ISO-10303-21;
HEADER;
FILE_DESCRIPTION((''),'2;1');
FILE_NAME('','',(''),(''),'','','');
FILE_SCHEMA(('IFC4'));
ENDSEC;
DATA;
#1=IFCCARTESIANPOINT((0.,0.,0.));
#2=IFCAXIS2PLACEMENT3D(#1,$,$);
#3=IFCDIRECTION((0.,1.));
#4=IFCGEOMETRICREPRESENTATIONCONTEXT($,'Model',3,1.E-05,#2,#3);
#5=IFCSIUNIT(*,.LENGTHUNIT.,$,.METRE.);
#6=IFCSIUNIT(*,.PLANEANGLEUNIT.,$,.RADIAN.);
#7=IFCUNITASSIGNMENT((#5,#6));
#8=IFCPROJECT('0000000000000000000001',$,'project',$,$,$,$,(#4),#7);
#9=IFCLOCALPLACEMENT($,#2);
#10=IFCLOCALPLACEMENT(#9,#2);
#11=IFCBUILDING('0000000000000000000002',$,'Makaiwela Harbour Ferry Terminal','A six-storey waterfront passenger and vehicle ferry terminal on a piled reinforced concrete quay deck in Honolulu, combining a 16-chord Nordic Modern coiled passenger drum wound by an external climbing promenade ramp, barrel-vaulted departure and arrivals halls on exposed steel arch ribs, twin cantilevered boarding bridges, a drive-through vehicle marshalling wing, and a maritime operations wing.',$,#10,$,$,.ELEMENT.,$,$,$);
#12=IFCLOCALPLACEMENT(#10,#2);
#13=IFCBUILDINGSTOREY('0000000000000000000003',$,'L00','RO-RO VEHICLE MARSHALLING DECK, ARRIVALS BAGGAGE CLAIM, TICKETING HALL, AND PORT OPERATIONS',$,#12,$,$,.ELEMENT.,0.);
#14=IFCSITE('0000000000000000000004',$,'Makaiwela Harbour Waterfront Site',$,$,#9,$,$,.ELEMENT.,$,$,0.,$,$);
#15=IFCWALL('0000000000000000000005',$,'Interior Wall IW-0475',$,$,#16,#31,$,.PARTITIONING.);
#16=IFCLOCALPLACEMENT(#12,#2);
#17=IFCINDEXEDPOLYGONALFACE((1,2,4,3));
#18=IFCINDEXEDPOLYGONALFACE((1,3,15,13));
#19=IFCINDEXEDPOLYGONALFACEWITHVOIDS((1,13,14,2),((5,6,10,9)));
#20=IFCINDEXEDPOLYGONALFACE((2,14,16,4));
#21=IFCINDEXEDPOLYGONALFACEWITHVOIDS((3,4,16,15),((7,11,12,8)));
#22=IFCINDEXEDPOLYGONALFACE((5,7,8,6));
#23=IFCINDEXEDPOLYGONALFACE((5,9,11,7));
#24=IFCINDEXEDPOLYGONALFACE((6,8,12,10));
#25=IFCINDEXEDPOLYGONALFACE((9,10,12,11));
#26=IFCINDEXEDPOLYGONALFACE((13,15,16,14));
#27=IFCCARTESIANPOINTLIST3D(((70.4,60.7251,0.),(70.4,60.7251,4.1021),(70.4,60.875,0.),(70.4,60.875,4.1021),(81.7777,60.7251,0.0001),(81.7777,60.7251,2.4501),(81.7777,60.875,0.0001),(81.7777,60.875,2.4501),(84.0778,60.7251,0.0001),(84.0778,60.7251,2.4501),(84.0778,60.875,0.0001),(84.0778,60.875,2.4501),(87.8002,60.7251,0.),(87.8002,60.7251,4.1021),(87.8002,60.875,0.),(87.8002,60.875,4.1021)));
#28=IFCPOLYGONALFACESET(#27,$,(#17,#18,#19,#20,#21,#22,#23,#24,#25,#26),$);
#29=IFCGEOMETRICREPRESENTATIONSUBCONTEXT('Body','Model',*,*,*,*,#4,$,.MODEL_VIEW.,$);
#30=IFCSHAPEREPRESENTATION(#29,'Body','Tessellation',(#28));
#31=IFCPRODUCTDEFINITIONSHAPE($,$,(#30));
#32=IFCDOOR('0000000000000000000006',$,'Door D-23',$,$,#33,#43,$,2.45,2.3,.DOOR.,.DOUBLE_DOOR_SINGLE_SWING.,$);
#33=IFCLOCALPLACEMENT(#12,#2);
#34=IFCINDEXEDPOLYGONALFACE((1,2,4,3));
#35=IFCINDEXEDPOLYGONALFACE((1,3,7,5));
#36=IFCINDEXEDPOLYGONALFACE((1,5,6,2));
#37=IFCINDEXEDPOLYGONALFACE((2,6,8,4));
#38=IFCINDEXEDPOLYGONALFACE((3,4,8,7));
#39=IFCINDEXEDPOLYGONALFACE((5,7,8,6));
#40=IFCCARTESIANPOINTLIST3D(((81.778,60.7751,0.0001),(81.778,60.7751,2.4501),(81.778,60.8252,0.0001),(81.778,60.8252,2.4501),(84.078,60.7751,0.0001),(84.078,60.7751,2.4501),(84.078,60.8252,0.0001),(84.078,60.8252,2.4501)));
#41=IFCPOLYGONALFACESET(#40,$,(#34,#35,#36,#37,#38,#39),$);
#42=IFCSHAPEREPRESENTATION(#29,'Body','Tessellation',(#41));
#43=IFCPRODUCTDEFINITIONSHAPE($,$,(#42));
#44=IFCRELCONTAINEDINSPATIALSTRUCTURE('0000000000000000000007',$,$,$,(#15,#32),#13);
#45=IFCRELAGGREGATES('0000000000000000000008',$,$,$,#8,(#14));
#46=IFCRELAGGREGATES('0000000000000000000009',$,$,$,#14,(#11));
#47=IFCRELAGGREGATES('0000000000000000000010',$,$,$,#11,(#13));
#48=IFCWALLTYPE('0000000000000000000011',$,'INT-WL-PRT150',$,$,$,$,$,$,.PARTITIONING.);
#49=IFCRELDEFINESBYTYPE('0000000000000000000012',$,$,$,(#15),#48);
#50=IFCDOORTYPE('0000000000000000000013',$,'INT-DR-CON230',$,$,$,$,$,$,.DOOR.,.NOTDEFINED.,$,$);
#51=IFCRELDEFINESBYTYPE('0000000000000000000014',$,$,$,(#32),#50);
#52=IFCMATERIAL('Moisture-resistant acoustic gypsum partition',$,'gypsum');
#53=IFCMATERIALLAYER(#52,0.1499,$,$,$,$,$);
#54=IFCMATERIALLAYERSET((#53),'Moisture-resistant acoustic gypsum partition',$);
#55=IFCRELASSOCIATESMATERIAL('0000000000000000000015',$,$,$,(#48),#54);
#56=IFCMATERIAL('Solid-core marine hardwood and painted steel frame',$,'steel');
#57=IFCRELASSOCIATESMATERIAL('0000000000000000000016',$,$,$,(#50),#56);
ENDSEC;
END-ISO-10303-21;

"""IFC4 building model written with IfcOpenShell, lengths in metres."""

from ifc_helpers import new_model, si_unit, direction, frame, frame_2d, origin, place, context, subcontext, project, spatial, rectangle, extrude, material, layer, layer_set, type_object, element, fill, save


model = new_model("IFC4")

# Units and contexts
model_context = context("Model", 3, precision=1e-05, world=origin(), true_north=direction((0.0, 1.0)))
body_context = subcontext(model_context, "Body", "Model", "MODEL_VIEW")
ifc_project = project(units=[si_unit("LENGTHUNIT", "METRE"), si_unit("PLANEANGLEUNIT", "RADIAN")], contexts=[model_context])

# Site, building, storey
site_placement = place(None, origin())
site = spatial("IfcSite", under=ifc_project, at=site_placement, Name="Makaiwela Harbour Waterfront Site", CompositionType="ELEMENT", RefElevation=0.0)
building_placement = place(site_placement, origin())
building = spatial("IfcBuilding", under=site, at=building_placement, Name="Makaiwela Harbour Ferry Terminal", Description="A six-storey waterfront passenger and vehicle ferry terminal on a piled reinforced concrete quay deck in Honolulu, combining a 16-chord Nordic Modern coiled passenger drum wound by an external climbing promenade ramp, barrel-vaulted departure and arrivals halls on exposed steel arch ribs, twin cantilevered boarding bridges, a drive-through vehicle marshalling wing, and a maritime operations wing.", CompositionType="ELEMENT")
storey_placement = place(building_placement, origin())
storey = spatial("IfcBuildingStorey", under=building, at=storey_placement, Name="L00", Description="RO-RO VEHICLE MARSHALLING DECK, ARRIVALS BAGGAGE CLAIM, TICKETING HALL, AND PORT OPERATIONS", CompositionType="ELEMENT", Elevation=0.0)

# Wall, opening, door
ifc_material_1 = material(Name="Moisture-resistant acoustic gypsum partition", Category="gypsum")
ifc_layer_1 = layer(ifc_material_1, 0.1499)
ifc_layer_set_1 = layer_set([ifc_layer_1], Name="Moisture-resistant acoustic gypsum partition")
wall_type_1 = type_object("IfcWallType", Name="INT-WL-PRT150", PredefinedType="PARTITIONING", material=ifc_layer_set_1)
wall_1_placement = place(storey_placement, frame((70.3999, 60.8, 0.0), z_axis=(0.0, 0.0, 1.0), x_axis=(1.0, 0.0, 0.0)))
wall_1 = element("IfcWall", 1, at=wall_1_placement, inside=storey, type_object=wall_type_1, Name="Interior Wall IW-0475", PredefinedType="PARTITIONING", context=body_context, shape_type="SweptSolid", body=[
    extrude(rectangle(XDim=17.4001, YDim=0.1499, at=frame_2d((8.7002, 0.0))), origin(), (0.0, 0.0, 1.0), 4.1021),
])
opening_1_placement = place(wall_1_placement, frame((11.3779, 0.0, 0.0)))
opening_1 = element("IfcOpeningElement", 2, at=opening_1_placement, cuts=wall_1, PredefinedType="OPENING", context=body_context, shape_type="SweptSolid", body=[
    extrude(rectangle(XDim=2.3, YDim=2.45, at=frame_2d((1.1499, 1.2251))), frame((0.0, 0.085, 0.0), z_axis=(0.0, -1.0, 0.0), x_axis=(1.0, 0.0, 0.0)), (0.0, 0.0, 1.0), 0.1699),
])
ifc_material_2 = material(Name="Solid-core marine hardwood and painted steel frame", Category="steel")
door_type_1 = type_object("IfcDoorType", Name="INT-DR-CON230", OperationType="NOTDEFINED", PredefinedType="DOOR", material=ifc_material_2)
door_1_placement = place(opening_1_placement, frame((2.3, 0.0, 0.0), z_axis=(0.0, 0.0, 1.0), x_axis=(-1.0, 0.0, 0.0)))
door_1 = element("IfcDoor", 3, at=door_1_placement, inside=storey, type_object=door_type_1, Name="Door D-23", OperationType="DOUBLE_DOOR_SINGLE_SWING", OverallHeight=2.45, OverallWidth=2.3, PredefinedType="DOOR", context=body_context, shape_type="SweptSolid", body=[
    extrude(rectangle(XDim=2.3, YDim=2.45, at=frame_2d((1.1499, 1.2251))), frame((0.0, 0.0249, 0.0), z_axis=(0.0, -1.0, 0.0), x_axis=(1.0, 0.0, 0.0)), (0.0, 0.0, 1.0), 0.05),
])
fill(opening_1, door_1)

save(model, "model.ifc")
